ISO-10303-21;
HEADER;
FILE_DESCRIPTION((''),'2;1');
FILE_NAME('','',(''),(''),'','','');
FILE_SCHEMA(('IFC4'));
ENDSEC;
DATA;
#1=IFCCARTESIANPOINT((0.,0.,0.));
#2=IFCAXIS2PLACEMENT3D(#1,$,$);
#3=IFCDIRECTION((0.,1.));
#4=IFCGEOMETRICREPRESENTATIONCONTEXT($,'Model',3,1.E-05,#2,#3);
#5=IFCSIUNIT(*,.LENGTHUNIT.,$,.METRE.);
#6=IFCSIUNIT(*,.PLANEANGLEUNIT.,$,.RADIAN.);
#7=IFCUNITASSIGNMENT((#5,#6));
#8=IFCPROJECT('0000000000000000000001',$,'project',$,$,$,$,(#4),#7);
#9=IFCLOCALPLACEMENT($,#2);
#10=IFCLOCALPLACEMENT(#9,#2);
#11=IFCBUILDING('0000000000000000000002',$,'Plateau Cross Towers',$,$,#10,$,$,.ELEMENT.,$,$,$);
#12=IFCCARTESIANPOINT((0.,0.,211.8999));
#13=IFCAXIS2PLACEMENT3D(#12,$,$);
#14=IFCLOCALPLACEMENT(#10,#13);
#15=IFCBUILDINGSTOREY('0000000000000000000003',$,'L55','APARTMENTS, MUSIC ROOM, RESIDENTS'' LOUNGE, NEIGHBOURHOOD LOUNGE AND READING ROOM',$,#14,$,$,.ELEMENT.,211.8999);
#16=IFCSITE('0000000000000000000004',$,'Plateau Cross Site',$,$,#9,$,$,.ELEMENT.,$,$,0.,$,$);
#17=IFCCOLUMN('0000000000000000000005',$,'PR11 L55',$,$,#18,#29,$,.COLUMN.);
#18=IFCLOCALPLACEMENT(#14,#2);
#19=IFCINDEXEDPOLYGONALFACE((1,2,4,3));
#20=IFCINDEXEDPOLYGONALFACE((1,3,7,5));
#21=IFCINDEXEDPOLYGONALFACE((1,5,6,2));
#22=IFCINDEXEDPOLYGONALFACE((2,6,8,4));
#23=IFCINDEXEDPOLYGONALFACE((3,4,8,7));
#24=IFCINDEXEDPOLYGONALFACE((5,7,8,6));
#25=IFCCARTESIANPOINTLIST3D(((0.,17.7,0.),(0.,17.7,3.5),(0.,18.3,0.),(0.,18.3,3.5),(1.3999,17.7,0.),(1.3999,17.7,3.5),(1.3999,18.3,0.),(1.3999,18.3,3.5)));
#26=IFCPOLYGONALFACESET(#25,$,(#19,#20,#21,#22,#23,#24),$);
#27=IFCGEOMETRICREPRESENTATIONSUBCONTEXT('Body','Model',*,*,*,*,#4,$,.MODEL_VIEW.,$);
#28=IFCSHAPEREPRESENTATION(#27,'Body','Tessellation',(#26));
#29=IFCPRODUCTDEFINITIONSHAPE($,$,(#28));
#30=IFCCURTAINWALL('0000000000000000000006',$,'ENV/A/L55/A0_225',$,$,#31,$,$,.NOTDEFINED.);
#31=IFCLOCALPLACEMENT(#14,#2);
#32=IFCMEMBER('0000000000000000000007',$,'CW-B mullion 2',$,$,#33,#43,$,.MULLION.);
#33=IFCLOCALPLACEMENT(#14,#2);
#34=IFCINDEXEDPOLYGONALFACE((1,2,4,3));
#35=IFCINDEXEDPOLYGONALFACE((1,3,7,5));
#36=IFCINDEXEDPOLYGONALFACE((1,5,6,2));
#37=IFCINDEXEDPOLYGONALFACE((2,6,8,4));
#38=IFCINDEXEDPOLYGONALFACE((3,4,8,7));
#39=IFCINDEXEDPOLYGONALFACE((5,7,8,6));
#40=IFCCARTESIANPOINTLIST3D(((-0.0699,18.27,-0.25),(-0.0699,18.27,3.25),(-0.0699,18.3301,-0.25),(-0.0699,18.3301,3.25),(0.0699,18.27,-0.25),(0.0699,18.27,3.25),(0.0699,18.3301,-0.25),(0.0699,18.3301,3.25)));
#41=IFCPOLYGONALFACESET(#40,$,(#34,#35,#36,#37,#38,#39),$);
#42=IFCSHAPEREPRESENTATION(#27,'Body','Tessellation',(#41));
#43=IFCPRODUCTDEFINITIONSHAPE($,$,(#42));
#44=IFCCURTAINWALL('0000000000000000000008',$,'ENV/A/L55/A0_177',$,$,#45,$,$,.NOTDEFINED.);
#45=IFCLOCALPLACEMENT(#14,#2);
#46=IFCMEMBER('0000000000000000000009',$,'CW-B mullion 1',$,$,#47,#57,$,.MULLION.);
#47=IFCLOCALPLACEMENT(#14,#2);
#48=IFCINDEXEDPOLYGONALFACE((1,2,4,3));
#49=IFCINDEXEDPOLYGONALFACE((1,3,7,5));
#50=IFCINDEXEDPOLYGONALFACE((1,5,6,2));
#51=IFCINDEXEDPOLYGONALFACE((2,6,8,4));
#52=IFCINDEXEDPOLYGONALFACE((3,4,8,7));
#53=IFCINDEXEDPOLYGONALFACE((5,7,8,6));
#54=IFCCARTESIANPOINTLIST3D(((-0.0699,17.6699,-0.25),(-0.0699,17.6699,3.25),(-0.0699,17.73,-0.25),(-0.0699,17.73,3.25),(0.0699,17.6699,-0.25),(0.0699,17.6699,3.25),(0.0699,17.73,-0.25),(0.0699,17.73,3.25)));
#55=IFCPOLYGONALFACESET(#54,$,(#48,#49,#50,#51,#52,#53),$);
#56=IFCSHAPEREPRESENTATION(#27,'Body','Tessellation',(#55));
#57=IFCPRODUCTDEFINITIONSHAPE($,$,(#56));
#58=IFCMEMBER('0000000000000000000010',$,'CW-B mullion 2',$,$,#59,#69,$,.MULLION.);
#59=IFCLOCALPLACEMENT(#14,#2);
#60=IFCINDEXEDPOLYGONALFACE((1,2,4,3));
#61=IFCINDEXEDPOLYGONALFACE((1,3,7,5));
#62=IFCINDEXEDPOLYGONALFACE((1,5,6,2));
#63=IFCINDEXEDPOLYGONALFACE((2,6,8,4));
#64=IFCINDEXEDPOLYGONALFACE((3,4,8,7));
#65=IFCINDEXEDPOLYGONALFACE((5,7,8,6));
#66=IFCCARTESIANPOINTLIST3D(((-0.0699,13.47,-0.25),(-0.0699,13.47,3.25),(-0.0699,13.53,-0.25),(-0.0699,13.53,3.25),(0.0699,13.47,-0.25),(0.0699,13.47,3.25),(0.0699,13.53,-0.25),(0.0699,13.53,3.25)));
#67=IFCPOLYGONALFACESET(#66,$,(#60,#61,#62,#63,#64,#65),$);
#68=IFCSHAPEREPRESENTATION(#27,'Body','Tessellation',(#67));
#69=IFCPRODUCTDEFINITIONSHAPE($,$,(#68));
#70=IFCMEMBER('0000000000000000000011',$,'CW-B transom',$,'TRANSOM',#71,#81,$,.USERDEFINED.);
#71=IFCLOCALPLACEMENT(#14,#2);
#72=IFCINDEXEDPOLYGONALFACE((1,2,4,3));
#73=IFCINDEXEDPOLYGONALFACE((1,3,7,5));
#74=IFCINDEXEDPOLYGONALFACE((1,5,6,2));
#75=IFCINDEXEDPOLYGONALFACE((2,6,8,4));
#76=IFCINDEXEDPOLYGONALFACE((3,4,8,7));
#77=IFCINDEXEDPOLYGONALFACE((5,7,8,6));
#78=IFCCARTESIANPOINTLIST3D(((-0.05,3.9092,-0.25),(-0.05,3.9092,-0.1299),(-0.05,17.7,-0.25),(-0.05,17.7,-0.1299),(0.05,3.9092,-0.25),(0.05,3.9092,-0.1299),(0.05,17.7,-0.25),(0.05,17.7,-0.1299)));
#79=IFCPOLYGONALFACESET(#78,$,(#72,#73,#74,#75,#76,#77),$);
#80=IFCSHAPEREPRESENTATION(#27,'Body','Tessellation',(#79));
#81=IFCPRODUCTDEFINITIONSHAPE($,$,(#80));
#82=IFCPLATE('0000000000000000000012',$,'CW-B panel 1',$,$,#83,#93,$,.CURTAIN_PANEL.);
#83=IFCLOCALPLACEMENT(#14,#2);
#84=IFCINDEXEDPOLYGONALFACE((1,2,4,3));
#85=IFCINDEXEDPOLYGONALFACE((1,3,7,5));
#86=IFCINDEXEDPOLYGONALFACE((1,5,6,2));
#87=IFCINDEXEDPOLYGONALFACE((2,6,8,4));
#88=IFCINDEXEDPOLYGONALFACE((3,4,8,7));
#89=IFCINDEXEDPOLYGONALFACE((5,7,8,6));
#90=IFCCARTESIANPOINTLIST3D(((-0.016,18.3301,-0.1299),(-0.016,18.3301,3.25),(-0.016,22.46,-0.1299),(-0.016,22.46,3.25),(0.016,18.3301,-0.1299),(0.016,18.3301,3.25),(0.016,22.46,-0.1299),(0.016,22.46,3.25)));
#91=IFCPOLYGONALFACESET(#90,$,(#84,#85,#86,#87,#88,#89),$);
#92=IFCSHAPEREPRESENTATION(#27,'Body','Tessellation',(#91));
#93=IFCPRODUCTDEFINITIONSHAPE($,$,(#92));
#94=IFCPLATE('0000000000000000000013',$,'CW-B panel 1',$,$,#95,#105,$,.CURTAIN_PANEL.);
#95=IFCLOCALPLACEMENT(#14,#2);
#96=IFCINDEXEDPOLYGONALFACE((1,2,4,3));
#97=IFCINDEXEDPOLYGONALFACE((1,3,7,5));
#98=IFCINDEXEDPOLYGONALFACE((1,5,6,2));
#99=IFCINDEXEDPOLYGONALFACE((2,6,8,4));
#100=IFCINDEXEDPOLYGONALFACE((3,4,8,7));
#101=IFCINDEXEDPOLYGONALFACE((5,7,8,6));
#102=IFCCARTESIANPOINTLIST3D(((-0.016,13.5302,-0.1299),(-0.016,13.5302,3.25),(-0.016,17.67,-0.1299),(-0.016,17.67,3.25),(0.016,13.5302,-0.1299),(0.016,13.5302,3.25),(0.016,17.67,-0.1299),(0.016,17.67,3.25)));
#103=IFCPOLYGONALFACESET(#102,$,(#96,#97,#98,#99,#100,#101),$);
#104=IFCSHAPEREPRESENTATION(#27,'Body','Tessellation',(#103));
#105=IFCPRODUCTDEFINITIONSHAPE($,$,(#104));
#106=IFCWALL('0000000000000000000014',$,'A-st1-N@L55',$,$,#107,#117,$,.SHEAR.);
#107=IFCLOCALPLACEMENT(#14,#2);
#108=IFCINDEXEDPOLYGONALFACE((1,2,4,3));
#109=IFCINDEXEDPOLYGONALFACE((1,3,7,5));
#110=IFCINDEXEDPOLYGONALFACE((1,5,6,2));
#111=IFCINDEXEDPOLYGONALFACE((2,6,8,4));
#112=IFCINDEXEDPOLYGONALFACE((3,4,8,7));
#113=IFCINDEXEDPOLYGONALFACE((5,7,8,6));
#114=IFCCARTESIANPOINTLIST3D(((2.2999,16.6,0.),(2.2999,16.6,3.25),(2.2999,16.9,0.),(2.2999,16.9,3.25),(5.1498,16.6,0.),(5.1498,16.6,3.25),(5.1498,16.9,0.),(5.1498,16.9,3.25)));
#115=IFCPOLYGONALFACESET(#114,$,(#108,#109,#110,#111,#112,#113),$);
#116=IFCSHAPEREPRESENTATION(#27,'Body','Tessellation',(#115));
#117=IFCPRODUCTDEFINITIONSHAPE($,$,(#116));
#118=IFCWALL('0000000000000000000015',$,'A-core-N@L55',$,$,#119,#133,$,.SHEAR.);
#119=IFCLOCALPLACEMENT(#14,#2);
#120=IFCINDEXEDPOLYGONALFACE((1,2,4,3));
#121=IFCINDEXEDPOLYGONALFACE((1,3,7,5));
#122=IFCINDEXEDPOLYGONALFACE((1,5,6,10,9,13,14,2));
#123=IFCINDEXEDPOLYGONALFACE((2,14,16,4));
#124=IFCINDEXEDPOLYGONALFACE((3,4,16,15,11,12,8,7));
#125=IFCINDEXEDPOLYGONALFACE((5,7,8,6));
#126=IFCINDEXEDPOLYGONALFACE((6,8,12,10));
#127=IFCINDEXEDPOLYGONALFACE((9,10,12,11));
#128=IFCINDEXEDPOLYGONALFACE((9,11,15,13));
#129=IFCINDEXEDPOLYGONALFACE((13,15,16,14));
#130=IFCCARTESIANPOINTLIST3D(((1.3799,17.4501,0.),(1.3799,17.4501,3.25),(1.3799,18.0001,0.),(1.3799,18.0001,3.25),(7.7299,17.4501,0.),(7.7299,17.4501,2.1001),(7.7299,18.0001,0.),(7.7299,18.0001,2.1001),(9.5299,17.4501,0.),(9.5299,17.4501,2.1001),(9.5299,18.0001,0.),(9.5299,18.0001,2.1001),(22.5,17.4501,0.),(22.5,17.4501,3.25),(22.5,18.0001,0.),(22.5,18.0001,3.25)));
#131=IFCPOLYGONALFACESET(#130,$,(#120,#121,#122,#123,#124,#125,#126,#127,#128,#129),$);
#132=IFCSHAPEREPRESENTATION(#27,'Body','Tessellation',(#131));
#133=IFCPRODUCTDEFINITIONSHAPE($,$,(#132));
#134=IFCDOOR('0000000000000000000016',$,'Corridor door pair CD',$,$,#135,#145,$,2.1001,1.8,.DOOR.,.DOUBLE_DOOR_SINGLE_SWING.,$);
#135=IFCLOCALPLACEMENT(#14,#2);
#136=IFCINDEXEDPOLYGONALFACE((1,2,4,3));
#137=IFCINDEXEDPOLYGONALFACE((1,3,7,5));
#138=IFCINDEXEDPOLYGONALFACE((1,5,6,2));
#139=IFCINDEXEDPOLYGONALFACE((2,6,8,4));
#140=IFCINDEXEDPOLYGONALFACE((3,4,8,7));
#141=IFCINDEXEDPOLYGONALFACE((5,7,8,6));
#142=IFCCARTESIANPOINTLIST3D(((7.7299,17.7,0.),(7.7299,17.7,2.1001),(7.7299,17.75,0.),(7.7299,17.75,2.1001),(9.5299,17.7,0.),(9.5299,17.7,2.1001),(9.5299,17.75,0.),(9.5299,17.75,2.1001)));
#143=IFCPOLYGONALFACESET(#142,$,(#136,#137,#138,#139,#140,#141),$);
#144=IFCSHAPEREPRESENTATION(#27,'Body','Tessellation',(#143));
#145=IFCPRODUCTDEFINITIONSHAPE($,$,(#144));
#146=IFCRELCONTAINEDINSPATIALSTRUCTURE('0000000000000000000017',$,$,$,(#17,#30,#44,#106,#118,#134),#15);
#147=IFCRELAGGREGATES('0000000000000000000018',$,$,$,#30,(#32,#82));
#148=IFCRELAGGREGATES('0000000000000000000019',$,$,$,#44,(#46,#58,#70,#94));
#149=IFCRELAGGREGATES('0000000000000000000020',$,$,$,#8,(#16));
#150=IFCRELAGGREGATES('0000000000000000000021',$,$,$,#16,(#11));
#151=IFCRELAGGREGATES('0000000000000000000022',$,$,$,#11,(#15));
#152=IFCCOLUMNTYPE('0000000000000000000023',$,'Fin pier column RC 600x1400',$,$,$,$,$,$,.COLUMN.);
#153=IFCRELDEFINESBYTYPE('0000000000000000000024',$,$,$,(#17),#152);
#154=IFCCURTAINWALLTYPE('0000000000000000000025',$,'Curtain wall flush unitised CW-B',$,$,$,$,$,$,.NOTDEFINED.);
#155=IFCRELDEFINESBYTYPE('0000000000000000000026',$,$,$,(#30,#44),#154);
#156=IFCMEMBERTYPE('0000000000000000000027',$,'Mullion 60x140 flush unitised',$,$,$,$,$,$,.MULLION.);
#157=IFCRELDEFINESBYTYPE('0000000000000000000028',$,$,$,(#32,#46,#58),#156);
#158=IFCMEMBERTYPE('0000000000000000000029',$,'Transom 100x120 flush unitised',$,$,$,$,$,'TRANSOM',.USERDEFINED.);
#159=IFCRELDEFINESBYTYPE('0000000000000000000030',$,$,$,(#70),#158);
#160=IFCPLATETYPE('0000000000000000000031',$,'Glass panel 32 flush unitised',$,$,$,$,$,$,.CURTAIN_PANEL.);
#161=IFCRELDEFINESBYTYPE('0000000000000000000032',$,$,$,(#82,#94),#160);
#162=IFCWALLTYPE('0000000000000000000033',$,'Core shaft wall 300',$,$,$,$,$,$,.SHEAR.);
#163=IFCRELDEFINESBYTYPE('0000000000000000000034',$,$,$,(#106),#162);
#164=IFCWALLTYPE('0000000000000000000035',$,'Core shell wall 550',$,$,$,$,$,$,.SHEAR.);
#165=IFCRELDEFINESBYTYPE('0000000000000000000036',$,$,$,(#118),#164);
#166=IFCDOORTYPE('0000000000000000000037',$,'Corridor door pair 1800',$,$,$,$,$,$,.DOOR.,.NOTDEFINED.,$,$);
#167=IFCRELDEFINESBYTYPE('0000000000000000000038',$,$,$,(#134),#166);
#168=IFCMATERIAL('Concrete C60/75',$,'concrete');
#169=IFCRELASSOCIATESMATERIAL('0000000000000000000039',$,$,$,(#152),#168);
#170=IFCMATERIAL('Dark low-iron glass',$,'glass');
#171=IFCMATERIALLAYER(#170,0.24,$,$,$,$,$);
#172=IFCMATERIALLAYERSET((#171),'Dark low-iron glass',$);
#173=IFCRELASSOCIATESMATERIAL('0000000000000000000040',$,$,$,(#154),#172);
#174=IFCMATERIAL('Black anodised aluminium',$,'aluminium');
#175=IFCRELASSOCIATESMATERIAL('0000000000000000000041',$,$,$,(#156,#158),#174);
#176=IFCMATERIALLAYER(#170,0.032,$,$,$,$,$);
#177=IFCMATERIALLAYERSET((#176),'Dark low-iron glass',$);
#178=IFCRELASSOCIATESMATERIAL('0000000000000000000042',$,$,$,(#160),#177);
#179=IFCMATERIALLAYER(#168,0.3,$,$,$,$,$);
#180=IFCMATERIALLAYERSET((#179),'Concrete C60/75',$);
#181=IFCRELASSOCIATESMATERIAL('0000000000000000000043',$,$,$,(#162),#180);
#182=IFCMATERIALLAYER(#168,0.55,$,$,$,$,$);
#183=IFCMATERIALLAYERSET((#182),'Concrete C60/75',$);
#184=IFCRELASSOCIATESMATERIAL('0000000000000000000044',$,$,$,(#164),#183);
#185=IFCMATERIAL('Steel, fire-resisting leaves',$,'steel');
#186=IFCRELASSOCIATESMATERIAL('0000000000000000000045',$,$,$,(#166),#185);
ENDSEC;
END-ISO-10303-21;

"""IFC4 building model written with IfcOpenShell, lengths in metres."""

from ifc_helpers import new_model, si_unit, direction, frame, frame_2d, origin, origin_2d, place, context, subcontext, project, spatial, rectangle, extrude, material, layer, layer_set, material_profile, profile_set, type_object, element, fill, aggregate, save


model = new_model("IFC4")

# Units and contexts
model_context = context("Model", 3, precision=1e-05, world=origin(), true_north=direction((0.0, 1.0)))
body_context = subcontext(model_context, "Body", "Model", "MODEL_VIEW")
ifc_project = project(units=[si_unit("LENGTHUNIT", "METRE"), si_unit("PLANEANGLEUNIT", "RADIAN")], contexts=[model_context])

# Site, building, storey
site_placement = place(None, origin())
site = spatial("IfcSite", under=ifc_project, at=site_placement, Name="Plateau Cross Site", CompositionType="ELEMENT", RefElevation=0.0)
building_placement = place(site_placement, origin())
building = spatial("IfcBuilding", under=site, at=building_placement, Name="Plateau Cross Towers", CompositionType="ELEMENT")
storey_placement = place(building_placement, frame((0.0, 0.0, 211.8999)))
storey = spatial("IfcBuildingStorey", under=building, at=storey_placement, Name="L55", Description="APARTMENTS, MUSIC ROOM, RESIDENTS' LOUNGE, NEIGHBOURHOOD LOUNGE AND READING ROOM", CompositionType="ELEMENT", Elevation=211.8999)

# Column
ifc_material_1 = material(Name="Concrete C60/75", Category="concrete")
ifc_material_profile_1 = material_profile(ifc_material_1, rectangle(XDim=0.6001, YDim=1.3999, at=origin_2d()), Name="RC 600x1400")
ifc_profile_set_1 = profile_set([ifc_material_profile_1], Name="Concrete C60/75")
column_type = type_object("IfcColumnType", Name="Fin pier column RC 600x1400", PredefinedType="COLUMN", material=ifc_profile_set_1)
column_placement = place(storey_placement, frame((0.7, 18.0, 0.0), z_axis=(0.0, 0.0, 1.0), x_axis=(0.0, 1.0, 0.0)))
element("IfcColumn", 1, at=column_placement, inside=storey, type_object=column_type, Name="PR11 L55", PredefinedType="COLUMN", context=body_context, shape_type="SweptSolid", body=[
    extrude(rectangle(XDim=0.6001, YDim=1.3999, at=origin_2d()), origin(), (0.0, 0.0, 1.0), 3.5),
])

# Curtain wall, member
ifc_material_2 = material(Name="Dark low-iron glass", Category="glass")
ifc_layer_1 = layer(ifc_material_2, 0.24)
ifc_layer_set_1 = layer_set([ifc_layer_1], Name="Dark low-iron glass")
curtain_wall_type = type_object("IfcCurtainWallType", Name="Curtain wall flush unitised CW-B", PredefinedType="NOTDEFINED", material=ifc_layer_set_1)
curtain_wall_1_placement = place(storey_placement, origin())
curtain_wall_1 = element("IfcCurtainWall", 2, at=curtain_wall_1_placement, inside=storey, type_object=curtain_wall_type, Name="ENV/A/L55/A0_225", PredefinedType="NOTDEFINED")
ifc_material_3 = material(Name="Black anodised aluminium", Category="aluminium")
ifc_material_profile_2 = material_profile(ifc_material_3, rectangle(XDim=0.0601, YDim=0.1399, at=origin_2d()), Name="MULLION 60x140")
ifc_profile_set_2 = profile_set([ifc_material_profile_2], Name="Black anodised aluminium")
member_type_1 = type_object("IfcMemberType", Name="Mullion 60x140 flush unitised", PredefinedType="MULLION", material=ifc_profile_set_2)
member_1_placement = place(storey_placement, frame((0.0, 18.3, -0.25), z_axis=(0.0, 0.0, 1.0), x_axis=(0.0, -1.0, 0.0)))
member_1 = element("IfcMember", 3, at=member_1_placement, type_object=member_type_1, Name="CW-B mullion 2", PredefinedType="MULLION", context=body_context, shape_type="SweptSolid", body=[
    extrude(rectangle(XDim=0.0601, YDim=0.1399, at=origin_2d()), origin(), (0.0, 0.0, 1.0), 3.5),
])

# Curtain wall, members
curtain_wall_2_placement = place(storey_placement, origin())
curtain_wall_2 = element("IfcCurtainWall", 4, at=curtain_wall_2_placement, inside=storey, type_object=curtain_wall_type, Name="ENV/A/L55/A0_177", PredefinedType="NOTDEFINED")
member_2_placement = place(storey_placement, frame((0.0, 17.7, -0.25), z_axis=(0.0, 0.0, 1.0), x_axis=(0.0, -1.0, 0.0)))
member_2 = element("IfcMember", 5, at=member_2_placement, type_object=member_type_1, Name="CW-B mullion 1", PredefinedType="MULLION", context=body_context, shape_type="SweptSolid", body=[
    extrude(rectangle(XDim=0.0601, YDim=0.1399, at=origin_2d()), origin(), (0.0, 0.0, 1.0), 3.5),
])
member_3_placement = place(storey_placement, frame((0.0, 13.5, -0.25), z_axis=(0.0, 0.0, 1.0), x_axis=(0.0, -1.0, 0.0)))
member_3 = element("IfcMember", 6, at=member_3_placement, type_object=member_type_1, Name="CW-B mullion 2", PredefinedType="MULLION", context=body_context, shape_type="SweptSolid", body=[
    extrude(rectangle(XDim=0.0601, YDim=0.1399, at=origin_2d()), origin(), (0.0, 0.0, 1.0), 3.5),
])
ifc_material_profile_3 = material_profile(ifc_material_3, rectangle(XDim=0.1001, YDim=0.1201, at=origin_2d()), Name="TRANSOM 100x120")
ifc_profile_set_3 = profile_set([ifc_material_profile_3], Name="Black anodised aluminium")
member_type_2 = type_object("IfcMemberType", Name="Transom 100x120 flush unitised", ElementType="TRANSOM", PredefinedType="USERDEFINED", material=ifc_profile_set_3)
member_4_placement = place(storey_placement, frame((0.0, 17.7, -0.1899), z_axis=(0.0, -1.0, 0.0), x_axis=(1.0, 0.0, 0.0)))
member_4 = element("IfcMember", 7, at=member_4_placement, type_object=member_type_2, Name="CW-B transom", ObjectType="TRANSOM", PredefinedType="USERDEFINED", context=body_context, shape_type="SweptSolid", body=[
    extrude(rectangle(XDim=0.1001, YDim=0.1201, at=origin_2d()), origin(), (0.0, 0.0, 1.0), 13.7908),
])

# Plates
ifc_layer_2 = layer(ifc_material_2, 0.032)
ifc_layer_set_2 = layer_set([ifc_layer_2], Name="Dark low-iron glass")
plate_type = type_object("IfcPlateType", Name="Glass panel 32 flush unitised", PredefinedType="CURTAIN_PANEL", material=ifc_layer_set_2)
plate_1_placement = place(storey_placement, frame((0.0, 20.395, -0.1299), z_axis=(0.0, 0.0, 1.0), x_axis=(0.0, -1.0, 0.0)))
plate_1 = element("IfcPlate", 8, at=plate_1_placement, type_object=plate_type, Name="CW-B panel 1", PredefinedType="CURTAIN_PANEL", context=body_context, shape_type="SweptSolid", body=[
    extrude(rectangle(XDim=4.1299, YDim=0.032, at=origin_2d()), origin(), (0.0, 0.0, 1.0), 3.3799),
])
aggregate(curtain_wall_1, [member_1, plate_1])
plate_2_placement = place(storey_placement, frame((0.0, 15.6001, -0.1299), z_axis=(0.0, 0.0, 1.0), x_axis=(0.0, -1.0, 0.0)))
plate_2 = element("IfcPlate", 9, at=plate_2_placement, type_object=plate_type, Name="CW-B panel 1", PredefinedType="CURTAIN_PANEL", context=body_context, shape_type="SweptSolid", body=[
    extrude(rectangle(XDim=4.1399, YDim=0.032, at=origin_2d()), origin(), (0.0, 0.0, 1.0), 3.3799),
])
aggregate(curtain_wall_2, [member_2, member_3, member_4, plate_2])

# Wall
ifc_layer_3 = layer(ifc_material_1, 0.3)
ifc_layer_set_3 = layer_set([ifc_layer_3], Name="Concrete C60/75")
wall_type_1 = type_object("IfcWallType", Name="Core shaft wall 300", PredefinedType="SHEAR", material=ifc_layer_set_3)
wall_1_placement = place(storey_placement, frame((2.3, 16.75, 0.0), z_axis=(0.0, 0.0, 1.0), x_axis=(1.0, 0.0, 0.0)))
element("IfcWall", 10, at=wall_1_placement, inside=storey, type_object=wall_type_1, Name="A-st1-N@L55", PredefinedType="SHEAR", context=body_context, shape_type="SweptSolid", body=[
    extrude(rectangle(XDim=2.8499, YDim=0.3, at=frame_2d((1.4248, 0.0))), origin(), (0.0, 0.0, 1.0), 3.25),
])

# Wall, opening, door
ifc_layer_4 = layer(ifc_material_1, 0.55)
ifc_layer_set_4 = layer_set([ifc_layer_4], Name="Concrete C60/75")
wall_type_2 = type_object("IfcWallType", Name="Core shell wall 550", PredefinedType="SHEAR", material=ifc_layer_set_4)
wall_2_placement = place(storey_placement, frame((1.3799, 17.7251, 0.0), z_axis=(0.0, 0.0, 1.0), x_axis=(1.0, 0.0, 0.0)))
wall_2 = element("IfcWall", 11, at=wall_2_placement, inside=storey, type_object=wall_type_2, Name="A-core-N@L55", PredefinedType="SHEAR", context=body_context, shape_type="SweptSolid", body=[
    extrude(rectangle(XDim=21.1201, YDim=0.55, at=frame_2d((10.5601, 0.0))), origin(), (0.0, 0.0, 1.0), 3.25),
])
opening_placement = place(wall_2_placement, frame((6.3501, 0.0, 0.0)))
opening = element("IfcOpeningElement", 12, at=opening_placement, cuts=wall_2, PredefinedType="OPENING", context=body_context, shape_type="SweptSolid", body=[
    extrude(rectangle(XDim=1.8, YDim=2.1001, at=frame_2d((0.8999, 1.05))), frame((0.0, 0.2849, 0.0), z_axis=(0.0, -1.0, 0.0), x_axis=(1.0, 0.0, 0.0)), (0.0, 0.0, 1.0), 0.5701),
])
ifc_material_4 = material(Name="Steel, fire-resisting leaves", Category="steel")
door_type = type_object("IfcDoorType", Name="Corridor door pair 1800", OperationType="NOTDEFINED", PredefinedType="DOOR", material=ifc_material_4)
door_placement = place(opening_placement, origin())
door = element("IfcDoor", 13, at=door_placement, inside=storey, type_object=door_type, Name="Corridor door pair CD", OperationType="DOUBLE_DOOR_SINGLE_SWING", OverallHeight=2.1001, OverallWidth=1.8, PredefinedType="DOOR", context=body_context, shape_type="SweptSolid", body=[
    extrude(rectangle(XDim=1.8, YDim=2.1001, at=frame_2d((0.8999, 1.05))), frame((0.0, 0.0249, 0.0), z_axis=(0.0, -1.0, 0.0), x_axis=(1.0, 0.0, 0.0)), (0.0, 0.0, 1.0), 0.05),
])
fill(opening, door)

save(model, "model.ifc")
